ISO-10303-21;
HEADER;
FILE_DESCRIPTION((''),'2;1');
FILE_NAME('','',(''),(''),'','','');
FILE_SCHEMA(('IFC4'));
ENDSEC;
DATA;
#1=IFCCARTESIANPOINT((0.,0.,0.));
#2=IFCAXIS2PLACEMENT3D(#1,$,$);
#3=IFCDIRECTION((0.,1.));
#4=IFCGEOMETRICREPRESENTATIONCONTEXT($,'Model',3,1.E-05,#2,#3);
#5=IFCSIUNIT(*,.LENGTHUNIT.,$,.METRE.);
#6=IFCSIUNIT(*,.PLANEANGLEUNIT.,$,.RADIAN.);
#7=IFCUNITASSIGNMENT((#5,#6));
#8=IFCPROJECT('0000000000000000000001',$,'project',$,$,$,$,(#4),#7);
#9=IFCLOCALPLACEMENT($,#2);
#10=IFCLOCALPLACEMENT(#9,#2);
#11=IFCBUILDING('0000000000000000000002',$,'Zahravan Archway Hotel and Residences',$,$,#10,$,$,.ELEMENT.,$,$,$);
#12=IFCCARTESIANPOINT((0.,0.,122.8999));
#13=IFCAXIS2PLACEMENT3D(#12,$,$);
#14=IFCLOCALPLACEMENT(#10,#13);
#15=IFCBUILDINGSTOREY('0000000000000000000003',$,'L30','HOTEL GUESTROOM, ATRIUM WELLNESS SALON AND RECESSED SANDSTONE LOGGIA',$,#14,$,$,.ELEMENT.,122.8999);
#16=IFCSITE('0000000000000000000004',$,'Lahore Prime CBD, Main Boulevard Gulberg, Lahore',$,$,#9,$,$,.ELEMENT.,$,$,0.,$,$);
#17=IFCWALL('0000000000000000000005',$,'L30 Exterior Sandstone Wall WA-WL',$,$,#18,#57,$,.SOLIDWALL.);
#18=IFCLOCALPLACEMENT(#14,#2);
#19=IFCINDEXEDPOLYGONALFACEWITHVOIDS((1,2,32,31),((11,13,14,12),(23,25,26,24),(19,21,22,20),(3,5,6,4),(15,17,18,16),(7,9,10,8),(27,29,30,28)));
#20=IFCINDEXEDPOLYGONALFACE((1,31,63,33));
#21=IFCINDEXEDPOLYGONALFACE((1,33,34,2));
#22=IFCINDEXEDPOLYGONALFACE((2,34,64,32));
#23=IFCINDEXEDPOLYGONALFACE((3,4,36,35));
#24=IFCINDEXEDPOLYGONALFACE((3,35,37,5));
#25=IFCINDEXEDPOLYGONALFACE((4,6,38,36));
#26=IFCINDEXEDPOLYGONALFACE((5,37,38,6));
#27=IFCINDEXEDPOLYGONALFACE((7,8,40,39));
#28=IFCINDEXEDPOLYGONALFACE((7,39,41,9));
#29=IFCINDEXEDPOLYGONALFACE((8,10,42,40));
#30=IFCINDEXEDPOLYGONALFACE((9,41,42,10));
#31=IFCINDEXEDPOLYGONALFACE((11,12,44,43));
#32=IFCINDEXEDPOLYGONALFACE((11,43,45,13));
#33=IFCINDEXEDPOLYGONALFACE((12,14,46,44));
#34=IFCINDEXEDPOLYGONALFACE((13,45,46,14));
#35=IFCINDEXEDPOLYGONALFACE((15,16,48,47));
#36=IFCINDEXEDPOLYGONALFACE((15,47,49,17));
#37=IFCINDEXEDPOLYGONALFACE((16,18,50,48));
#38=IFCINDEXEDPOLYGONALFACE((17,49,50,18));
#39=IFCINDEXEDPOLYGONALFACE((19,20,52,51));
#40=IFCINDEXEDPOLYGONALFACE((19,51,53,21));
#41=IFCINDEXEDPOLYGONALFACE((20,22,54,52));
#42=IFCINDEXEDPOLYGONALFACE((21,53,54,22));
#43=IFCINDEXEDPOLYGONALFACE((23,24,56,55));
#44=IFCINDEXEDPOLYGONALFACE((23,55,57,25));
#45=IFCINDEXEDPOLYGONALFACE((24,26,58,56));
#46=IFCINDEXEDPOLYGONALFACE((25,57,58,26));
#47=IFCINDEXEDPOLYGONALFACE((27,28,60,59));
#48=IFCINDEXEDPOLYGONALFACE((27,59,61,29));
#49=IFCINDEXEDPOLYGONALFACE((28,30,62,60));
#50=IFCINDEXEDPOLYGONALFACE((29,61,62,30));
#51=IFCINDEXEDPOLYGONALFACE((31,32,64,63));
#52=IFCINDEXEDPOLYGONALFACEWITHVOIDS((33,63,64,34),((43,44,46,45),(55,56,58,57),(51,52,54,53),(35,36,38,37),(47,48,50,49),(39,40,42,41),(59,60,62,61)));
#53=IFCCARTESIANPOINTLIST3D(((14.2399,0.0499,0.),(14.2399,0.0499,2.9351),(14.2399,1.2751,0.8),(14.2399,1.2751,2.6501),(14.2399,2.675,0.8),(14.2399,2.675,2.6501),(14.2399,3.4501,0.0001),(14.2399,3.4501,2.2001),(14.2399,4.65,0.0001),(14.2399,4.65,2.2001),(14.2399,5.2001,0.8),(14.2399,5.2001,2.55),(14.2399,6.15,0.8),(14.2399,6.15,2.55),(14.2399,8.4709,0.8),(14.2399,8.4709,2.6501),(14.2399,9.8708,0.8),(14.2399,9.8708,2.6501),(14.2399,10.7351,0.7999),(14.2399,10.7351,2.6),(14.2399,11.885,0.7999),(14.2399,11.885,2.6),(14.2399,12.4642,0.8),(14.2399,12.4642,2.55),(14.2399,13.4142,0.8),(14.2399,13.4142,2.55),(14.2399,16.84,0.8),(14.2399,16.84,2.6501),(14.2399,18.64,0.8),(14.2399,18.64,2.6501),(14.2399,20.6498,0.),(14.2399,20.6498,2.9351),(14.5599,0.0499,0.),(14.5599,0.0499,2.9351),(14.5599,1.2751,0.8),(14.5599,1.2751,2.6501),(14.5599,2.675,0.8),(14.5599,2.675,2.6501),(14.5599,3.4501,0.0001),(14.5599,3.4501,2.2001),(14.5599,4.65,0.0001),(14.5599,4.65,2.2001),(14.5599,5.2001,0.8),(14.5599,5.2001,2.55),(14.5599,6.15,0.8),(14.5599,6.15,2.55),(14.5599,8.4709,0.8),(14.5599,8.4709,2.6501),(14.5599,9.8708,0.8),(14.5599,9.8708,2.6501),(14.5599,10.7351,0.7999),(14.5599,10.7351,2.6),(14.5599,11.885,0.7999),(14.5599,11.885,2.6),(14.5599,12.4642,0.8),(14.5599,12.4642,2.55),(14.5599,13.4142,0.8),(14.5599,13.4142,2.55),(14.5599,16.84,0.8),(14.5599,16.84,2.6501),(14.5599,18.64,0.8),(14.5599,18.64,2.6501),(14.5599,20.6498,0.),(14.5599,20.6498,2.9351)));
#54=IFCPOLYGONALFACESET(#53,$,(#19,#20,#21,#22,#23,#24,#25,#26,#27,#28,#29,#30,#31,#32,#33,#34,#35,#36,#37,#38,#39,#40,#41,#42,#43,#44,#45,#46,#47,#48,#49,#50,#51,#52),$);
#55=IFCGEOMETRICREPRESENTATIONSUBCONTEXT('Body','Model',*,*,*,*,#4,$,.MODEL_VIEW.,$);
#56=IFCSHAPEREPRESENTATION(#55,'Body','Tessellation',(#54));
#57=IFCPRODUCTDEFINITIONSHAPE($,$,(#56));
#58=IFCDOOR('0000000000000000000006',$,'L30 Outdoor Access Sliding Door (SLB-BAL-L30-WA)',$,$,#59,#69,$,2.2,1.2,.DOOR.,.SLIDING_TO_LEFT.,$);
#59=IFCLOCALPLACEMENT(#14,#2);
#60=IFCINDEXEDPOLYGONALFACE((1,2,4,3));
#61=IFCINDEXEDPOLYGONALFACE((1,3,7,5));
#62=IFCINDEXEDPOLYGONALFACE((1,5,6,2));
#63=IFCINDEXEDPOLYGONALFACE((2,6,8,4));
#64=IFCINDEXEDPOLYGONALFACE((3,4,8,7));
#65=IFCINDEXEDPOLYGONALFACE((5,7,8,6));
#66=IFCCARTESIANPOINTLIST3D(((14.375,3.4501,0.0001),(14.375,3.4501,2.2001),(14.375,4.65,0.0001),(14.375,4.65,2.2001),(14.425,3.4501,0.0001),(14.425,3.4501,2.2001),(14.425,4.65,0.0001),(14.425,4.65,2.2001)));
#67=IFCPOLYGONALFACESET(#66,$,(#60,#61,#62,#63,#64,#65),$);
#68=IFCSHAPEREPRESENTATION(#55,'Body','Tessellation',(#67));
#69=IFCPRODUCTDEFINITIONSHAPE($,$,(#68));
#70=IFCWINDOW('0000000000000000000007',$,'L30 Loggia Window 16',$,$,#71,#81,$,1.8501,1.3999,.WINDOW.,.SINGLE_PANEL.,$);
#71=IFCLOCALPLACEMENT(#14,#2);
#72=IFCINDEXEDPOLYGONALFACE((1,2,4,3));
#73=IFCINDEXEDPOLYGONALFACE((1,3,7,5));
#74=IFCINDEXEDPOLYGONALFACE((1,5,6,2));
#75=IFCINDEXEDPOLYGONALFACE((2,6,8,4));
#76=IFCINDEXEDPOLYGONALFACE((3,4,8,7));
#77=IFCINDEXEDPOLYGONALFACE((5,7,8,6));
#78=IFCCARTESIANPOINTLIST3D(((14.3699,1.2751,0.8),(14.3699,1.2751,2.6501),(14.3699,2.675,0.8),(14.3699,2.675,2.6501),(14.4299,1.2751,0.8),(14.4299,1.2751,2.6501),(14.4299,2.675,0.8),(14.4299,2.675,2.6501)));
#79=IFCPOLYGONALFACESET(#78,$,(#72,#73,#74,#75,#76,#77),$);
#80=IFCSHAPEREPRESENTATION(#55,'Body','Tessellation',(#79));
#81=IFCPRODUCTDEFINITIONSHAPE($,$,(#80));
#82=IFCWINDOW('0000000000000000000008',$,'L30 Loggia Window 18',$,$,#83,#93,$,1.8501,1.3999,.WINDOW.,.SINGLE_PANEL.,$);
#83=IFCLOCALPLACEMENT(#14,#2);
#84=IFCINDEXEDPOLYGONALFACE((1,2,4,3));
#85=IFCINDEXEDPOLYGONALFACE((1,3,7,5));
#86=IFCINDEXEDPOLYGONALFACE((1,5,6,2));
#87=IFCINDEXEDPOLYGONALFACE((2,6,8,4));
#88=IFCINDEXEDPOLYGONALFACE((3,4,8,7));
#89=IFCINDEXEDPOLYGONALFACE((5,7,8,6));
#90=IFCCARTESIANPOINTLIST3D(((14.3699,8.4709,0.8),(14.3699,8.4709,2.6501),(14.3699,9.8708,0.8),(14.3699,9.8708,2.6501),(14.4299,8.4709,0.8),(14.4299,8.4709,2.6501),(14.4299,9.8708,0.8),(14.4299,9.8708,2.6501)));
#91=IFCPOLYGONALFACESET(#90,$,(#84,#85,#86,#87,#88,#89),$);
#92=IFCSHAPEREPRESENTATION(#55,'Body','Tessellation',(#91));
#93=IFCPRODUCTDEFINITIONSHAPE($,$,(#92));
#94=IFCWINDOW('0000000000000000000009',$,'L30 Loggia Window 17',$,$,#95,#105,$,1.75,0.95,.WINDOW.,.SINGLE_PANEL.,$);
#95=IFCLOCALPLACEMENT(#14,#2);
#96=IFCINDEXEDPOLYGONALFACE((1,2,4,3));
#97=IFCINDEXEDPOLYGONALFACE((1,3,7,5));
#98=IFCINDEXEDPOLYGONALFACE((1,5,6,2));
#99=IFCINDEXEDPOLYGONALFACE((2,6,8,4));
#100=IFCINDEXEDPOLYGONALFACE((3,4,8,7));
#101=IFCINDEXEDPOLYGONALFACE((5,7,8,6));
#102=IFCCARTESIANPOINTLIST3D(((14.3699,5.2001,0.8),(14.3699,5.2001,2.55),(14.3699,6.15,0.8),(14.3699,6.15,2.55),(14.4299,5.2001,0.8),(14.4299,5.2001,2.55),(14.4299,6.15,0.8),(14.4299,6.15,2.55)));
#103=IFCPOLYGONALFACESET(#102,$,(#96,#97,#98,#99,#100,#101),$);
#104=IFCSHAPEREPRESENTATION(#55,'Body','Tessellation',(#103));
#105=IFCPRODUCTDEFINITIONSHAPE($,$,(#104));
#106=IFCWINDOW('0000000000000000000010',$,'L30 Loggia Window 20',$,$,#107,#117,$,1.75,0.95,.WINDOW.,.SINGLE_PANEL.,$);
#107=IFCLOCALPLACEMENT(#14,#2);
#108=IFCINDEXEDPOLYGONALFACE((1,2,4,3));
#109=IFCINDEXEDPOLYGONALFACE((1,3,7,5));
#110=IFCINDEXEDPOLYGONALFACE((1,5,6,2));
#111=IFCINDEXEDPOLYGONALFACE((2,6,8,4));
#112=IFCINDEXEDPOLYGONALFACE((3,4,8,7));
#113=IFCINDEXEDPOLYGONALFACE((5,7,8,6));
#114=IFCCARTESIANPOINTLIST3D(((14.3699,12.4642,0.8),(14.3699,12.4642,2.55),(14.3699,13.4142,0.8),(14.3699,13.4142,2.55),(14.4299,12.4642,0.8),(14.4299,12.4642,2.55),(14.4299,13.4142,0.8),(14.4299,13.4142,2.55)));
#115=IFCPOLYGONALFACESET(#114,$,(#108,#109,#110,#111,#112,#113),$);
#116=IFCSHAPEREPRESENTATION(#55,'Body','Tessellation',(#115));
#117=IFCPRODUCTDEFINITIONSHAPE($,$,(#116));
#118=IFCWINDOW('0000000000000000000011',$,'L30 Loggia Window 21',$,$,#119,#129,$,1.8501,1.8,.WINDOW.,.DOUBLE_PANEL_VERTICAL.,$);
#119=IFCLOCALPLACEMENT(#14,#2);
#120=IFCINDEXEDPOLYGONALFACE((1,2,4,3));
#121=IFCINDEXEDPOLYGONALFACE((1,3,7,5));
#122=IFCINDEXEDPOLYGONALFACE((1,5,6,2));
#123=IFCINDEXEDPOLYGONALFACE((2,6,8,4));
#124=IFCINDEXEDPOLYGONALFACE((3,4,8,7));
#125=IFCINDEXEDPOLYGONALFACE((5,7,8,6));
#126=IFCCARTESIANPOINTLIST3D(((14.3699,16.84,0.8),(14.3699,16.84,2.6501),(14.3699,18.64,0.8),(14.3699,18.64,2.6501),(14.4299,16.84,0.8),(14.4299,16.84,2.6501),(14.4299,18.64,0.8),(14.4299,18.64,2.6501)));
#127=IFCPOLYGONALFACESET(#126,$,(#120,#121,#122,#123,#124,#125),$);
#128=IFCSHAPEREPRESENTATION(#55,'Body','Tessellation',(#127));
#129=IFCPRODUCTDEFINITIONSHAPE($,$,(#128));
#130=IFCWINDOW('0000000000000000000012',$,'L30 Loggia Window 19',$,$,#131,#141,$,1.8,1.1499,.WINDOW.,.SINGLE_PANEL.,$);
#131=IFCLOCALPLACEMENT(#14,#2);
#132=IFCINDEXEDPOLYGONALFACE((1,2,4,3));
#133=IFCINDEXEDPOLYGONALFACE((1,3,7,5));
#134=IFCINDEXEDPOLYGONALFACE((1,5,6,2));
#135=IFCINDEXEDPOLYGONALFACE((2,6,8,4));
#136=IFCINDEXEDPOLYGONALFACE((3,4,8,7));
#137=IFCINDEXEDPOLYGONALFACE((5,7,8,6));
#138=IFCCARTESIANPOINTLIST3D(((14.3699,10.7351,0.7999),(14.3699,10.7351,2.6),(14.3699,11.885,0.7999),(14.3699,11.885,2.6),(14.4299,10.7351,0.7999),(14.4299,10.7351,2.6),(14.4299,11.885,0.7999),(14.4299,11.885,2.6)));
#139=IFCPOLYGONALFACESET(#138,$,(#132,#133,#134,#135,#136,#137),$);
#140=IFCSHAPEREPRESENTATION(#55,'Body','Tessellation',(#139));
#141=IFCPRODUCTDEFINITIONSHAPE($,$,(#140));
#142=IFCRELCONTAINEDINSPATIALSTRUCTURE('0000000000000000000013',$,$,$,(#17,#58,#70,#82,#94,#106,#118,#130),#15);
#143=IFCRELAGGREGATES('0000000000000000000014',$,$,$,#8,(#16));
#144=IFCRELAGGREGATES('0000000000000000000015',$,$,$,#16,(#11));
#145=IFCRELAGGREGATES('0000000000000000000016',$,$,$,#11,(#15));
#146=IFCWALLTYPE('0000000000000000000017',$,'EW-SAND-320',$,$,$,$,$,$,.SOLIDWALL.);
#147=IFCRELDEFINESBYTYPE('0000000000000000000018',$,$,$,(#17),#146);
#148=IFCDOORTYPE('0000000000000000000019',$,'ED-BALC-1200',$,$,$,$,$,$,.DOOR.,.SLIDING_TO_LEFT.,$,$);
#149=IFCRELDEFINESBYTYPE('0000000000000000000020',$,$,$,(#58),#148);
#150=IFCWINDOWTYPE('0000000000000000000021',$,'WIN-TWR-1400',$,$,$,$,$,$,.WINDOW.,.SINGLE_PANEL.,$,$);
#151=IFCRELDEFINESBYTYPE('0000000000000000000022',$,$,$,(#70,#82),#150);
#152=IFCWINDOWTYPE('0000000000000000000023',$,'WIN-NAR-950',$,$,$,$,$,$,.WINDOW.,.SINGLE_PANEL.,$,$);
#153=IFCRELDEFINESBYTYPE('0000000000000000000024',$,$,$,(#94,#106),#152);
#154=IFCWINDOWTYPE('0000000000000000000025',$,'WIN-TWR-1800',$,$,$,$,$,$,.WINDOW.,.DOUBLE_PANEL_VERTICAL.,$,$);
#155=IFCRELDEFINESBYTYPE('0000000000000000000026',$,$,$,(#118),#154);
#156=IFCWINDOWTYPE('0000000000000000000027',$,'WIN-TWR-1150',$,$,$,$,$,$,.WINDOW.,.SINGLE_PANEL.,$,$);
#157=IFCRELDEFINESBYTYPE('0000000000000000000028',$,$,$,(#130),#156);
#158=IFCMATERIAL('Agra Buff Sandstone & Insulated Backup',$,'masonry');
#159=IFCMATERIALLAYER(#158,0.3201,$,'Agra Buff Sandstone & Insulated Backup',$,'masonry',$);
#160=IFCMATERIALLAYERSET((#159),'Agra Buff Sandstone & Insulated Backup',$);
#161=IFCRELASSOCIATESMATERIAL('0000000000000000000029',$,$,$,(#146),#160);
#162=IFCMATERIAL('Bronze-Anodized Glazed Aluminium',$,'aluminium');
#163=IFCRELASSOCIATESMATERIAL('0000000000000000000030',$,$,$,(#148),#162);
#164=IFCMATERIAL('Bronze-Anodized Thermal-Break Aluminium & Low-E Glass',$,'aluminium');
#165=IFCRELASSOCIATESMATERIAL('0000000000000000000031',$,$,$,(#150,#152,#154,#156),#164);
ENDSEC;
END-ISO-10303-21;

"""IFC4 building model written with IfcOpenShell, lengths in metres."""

from ifc_helpers import new_model, si_unit, direction, frame, frame_2d, origin, place, context, subcontext, project, spatial, rectangle, extrude, source, transform, mapped, material, layer, layer_set, type_object, type_shapes, element, fill, save


model = new_model("IFC4")

# Units and contexts
model_context = context("Model", 3, precision=1e-05, world=origin(), true_north=direction((0.0, 1.0)))
body_context = subcontext(model_context, "Body", "Model", "MODEL_VIEW")
ifc_project = project(units=[si_unit("LENGTHUNIT", "METRE"), si_unit("PLANEANGLEUNIT", "RADIAN")], contexts=[model_context])

# Site, building, storey
site_placement = place(None, origin())
site = spatial("IfcSite", under=ifc_project, at=site_placement, Name="Lahore Prime CBD, Main Boulevard Gulberg, Lahore", CompositionType="ELEMENT", RefElevation=0.0)
building_placement = place(site_placement, origin())
building = spatial("IfcBuilding", under=site, at=building_placement, Name="Zahravan Archway Hotel and Residences", CompositionType="ELEMENT")
storey_placement = place(building_placement, frame((0.0, 0.0, 122.8999)))
storey = spatial("IfcBuildingStorey", under=building, at=storey_placement, Name="L30", Description="HOTEL GUESTROOM, ATRIUM WELLNESS SALON AND RECESSED SANDSTONE LOGGIA", CompositionType="ELEMENT", Elevation=122.8999)

# Wall, openings, door, windows
ifc_material_1 = material(Name="Agra Buff Sandstone & Insulated Backup", Category="masonry")
ifc_layer = layer(ifc_material_1, 0.3201, Name="Agra Buff Sandstone & Insulated Backup", Category="masonry")
ifc_layer_set = layer_set([ifc_layer], Name="Agra Buff Sandstone & Insulated Backup")
wall_type = type_object("IfcWallType", Name="EW-SAND-320", PredefinedType="SOLIDWALL", material=ifc_layer_set)
ifc_material_2 = material(Name="Bronze-Anodized Glazed Aluminium", Category="aluminium")
door_type = type_object("IfcDoorType", Name="ED-BALC-1200", OperationType="SLIDING_TO_LEFT", PredefinedType="DOOR", material=ifc_material_2)
shared_shape_1 = source(origin(), body_context, "Body", "SweptSolid", [
    extrude(rectangle(XDim=1.2, YDim=2.2, at=frame_2d((0.6001, 1.1001))), frame((0.0, 0.0249, 0.0), z_axis=(0.0, -1.0, 0.0), x_axis=(1.0, 0.0, 0.0)), (0.0, 0.0, 1.0), 0.05),
])
type_shapes(door_type, [shared_shape_1])
ifc_material_3 = material(Name="Bronze-Anodized Thermal-Break Aluminium & Low-E Glass", Category="aluminium")
window_type_1 = type_object("IfcWindowType", Name="WIN-TWR-1400", PartitioningType="SINGLE_PANEL", PredefinedType="WINDOW", material=ifc_material_3)
shared_shape_2 = source(origin(), body_context, "Body", "SweptSolid", [
    extrude(rectangle(XDim=1.3999, YDim=1.8501, at=frame_2d((0.7, 0.925))), frame((0.0, 0.03, 0.0), z_axis=(0.0, -1.0, 0.0), x_axis=(1.0, 0.0, 0.0)), (0.0, 0.0, 1.0), 0.0601),
])
type_shapes(window_type_1, [shared_shape_2])
window_type_2 = type_object("IfcWindowType", Name="WIN-NAR-950", PartitioningType="SINGLE_PANEL", PredefinedType="WINDOW", material=ifc_material_3)
shared_shape_3 = source(origin(), body_context, "Body", "SweptSolid", [
    extrude(rectangle(XDim=0.95, YDim=1.75, at=frame_2d((0.4751, 0.875))), frame((0.0, 0.03, 0.0), z_axis=(0.0, -1.0, 0.0), x_axis=(1.0, 0.0, 0.0)), (0.0, 0.0, 1.0), 0.0601),
])
type_shapes(window_type_2, [shared_shape_3])
window_type_3 = type_object("IfcWindowType", Name="WIN-TWR-1800", PartitioningType="DOUBLE_PANEL_VERTICAL", PredefinedType="WINDOW", material=ifc_material_3)
shared_shape_4 = source(origin(), body_context, "Body", "SweptSolid", [
    extrude(rectangle(XDim=1.8, YDim=1.8501, at=frame_2d((0.8999, 0.925))), frame((0.0, 0.03, 0.0), z_axis=(0.0, -1.0, 0.0), x_axis=(1.0, 0.0, 0.0)), (0.0, 0.0, 1.0), 0.0601),
])
type_shapes(window_type_3, [shared_shape_4])
wall_1_placement = place(storey_placement, frame((14.3999, 0.05, 0.0), z_axis=(0.0, 0.0, 1.0), x_axis=(0.0, 1.0, 0.0)))
wall_1 = element("IfcWall", 1, at=wall_1_placement, inside=storey, type_object=wall_type, Name="L30 Exterior Sandstone Wall WA-WL", PredefinedType="SOLIDWALL", context=body_context, shape_type="SweptSolid", body=[
    extrude(rectangle(XDim=20.5999, YDim=0.3201, at=frame_2d((10.2998, 0.0))), origin(), (0.0, 0.0, 1.0), 2.9351),
])
opening_1_placement = place(wall_1_placement, frame((3.3999, 0.0, 0.0)))
opening_1 = element("IfcOpeningElement", 2, at=opening_1_placement, cuts=wall_1, PredefinedType="OPENING", context=body_context, shape_type="SweptSolid", body=[
    extrude(rectangle(XDim=1.2, YDim=2.2, at=frame_2d((0.6001, 1.1001))), frame((0.0, 0.1699, 0.0), z_axis=(0.0, -1.0, 0.0), x_axis=(1.0, 0.0, 0.0)), (0.0, 0.0, 1.0), 0.3401),
])
opening_2_placement = place(wall_1_placement, frame((1.2251, 0.0, 0.8)))
opening_2 = element("IfcOpeningElement", 3, at=opening_2_placement, cuts=wall_1, PredefinedType="OPENING", context=body_context, shape_type="SweptSolid", body=[
    extrude(rectangle(XDim=1.3999, YDim=1.8501, at=frame_2d((0.7, 0.925))), frame((0.0, 0.1699, 0.0), z_axis=(0.0, -1.0, 0.0), x_axis=(1.0, 0.0, 0.0)), (0.0, 0.0, 1.0), 0.3401),
])
opening_3_placement = place(wall_1_placement, frame((5.1499, 0.0, 0.8)))
opening_3 = element("IfcOpeningElement", 4, at=opening_3_placement, cuts=wall_1, PredefinedType="OPENING", context=body_context, shape_type="SweptSolid", body=[
    extrude(rectangle(XDim=0.95, YDim=1.75, at=frame_2d((0.4751, 0.875))), frame((0.0, 0.1699, 0.0), z_axis=(0.0, -1.0, 0.0), x_axis=(1.0, 0.0, 0.0)), (0.0, 0.0, 1.0), 0.3401),
])
opening_4_placement = place(wall_1_placement, frame((8.4209, 0.0, 0.8)))
opening_4 = element("IfcOpeningElement", 5, at=opening_4_placement, cuts=wall_1, PredefinedType="OPENING", context=body_context, shape_type="SweptSolid", body=[
    extrude(rectangle(XDim=1.3999, YDim=1.8501, at=frame_2d((0.7, 0.925))), frame((0.0, 0.1699, 0.0), z_axis=(0.0, -1.0, 0.0), x_axis=(1.0, 0.0, 0.0)), (0.0, 0.0, 1.0), 0.3401),
])
opening_5_placement = place(wall_1_placement, frame((10.6851, 0.0, 0.8)))
opening_5 = element("IfcOpeningElement", 6, at=opening_5_placement, cuts=wall_1, PredefinedType="OPENING", context=body_context, shape_type="SweptSolid", body=[
    extrude(rectangle(XDim=1.1499, YDim=1.8, at=frame_2d((0.575, 0.8999))), frame((0.0, 0.1699, 0.0), z_axis=(0.0, -1.0, 0.0), x_axis=(1.0, 0.0, 0.0)), (0.0, 0.0, 1.0), 0.3401),
])
opening_6_placement = place(wall_1_placement, frame((12.4141, 0.0, 0.8)))
opening_6 = element("IfcOpeningElement", 7, at=opening_6_placement, cuts=wall_1, PredefinedType="OPENING", context=body_context, shape_type="SweptSolid", body=[
    extrude(rectangle(XDim=0.95, YDim=1.75, at=frame_2d((0.4751, 0.875))), frame((0.0, 0.1699, 0.0), z_axis=(0.0, -1.0, 0.0), x_axis=(1.0, 0.0, 0.0)), (0.0, 0.0, 1.0), 0.3401),
])
opening_7_placement = place(wall_1_placement, frame((16.79, 0.0, 0.8)))
opening_7 = element("IfcOpeningElement", 8, at=opening_7_placement, cuts=wall_1, PredefinedType="OPENING", context=body_context, shape_type="SweptSolid", body=[
    extrude(rectangle(XDim=1.8, YDim=1.8501, at=frame_2d((0.8999, 0.925))), frame((0.0, 0.1699, 0.0), z_axis=(0.0, -1.0, 0.0), x_axis=(1.0, 0.0, 0.0)), (0.0, 0.0, 1.0), 0.3401),
])
door_1_placement = place(opening_1_placement, origin())
door_1 = element("IfcDoor", 9, at=door_1_placement, inside=storey, type_object=door_type, Name="L30 Outdoor Access Sliding Door (SLB-BAL-L30-WA)", OperationType="SLIDING_TO_LEFT", OverallHeight=2.2, OverallWidth=1.2, PredefinedType="DOOR", context=body_context, shape_type="MappedRepresentation", body=[
    mapped(shared_shape_1, transform((0.0, 0.0, 0.0), scale=1.0)),
])
fill(opening_1, door_1)
window_1_placement = place(opening_2_placement, origin())
window_1 = element("IfcWindow", 10, at=window_1_placement, inside=storey, type_object=window_type_1, Name="L30 Loggia Window 16", OverallHeight=1.8501, OverallWidth=1.3999, PartitioningType="SINGLE_PANEL", PredefinedType="WINDOW", context=body_context, shape_type="MappedRepresentation", body=[
    mapped(shared_shape_2, transform((0.0, 0.0, 0.0), scale=1.0)),
])
fill(opening_2, window_1)
window_2_placement = place(opening_4_placement, origin())
window_2 = element("IfcWindow", 11, at=window_2_placement, inside=storey, type_object=window_type_1, Name="L30 Loggia Window 18", OverallHeight=1.8501, OverallWidth=1.3999, PartitioningType="SINGLE_PANEL", PredefinedType="WINDOW", context=body_context, shape_type="MappedRepresentation", body=[
    mapped(shared_shape_2, transform((0.0, 0.0, 0.0), scale=1.0)),
])
fill(opening_4, window_2)
window_3_placement = place(opening_3_placement, origin())
window_3 = element("IfcWindow", 12, at=window_3_placement, inside=storey, type_object=window_type_2, Name="L30 Loggia Window 17", OverallHeight=1.75, OverallWidth=0.95, PartitioningType="SINGLE_PANEL", PredefinedType="WINDOW", context=body_context, shape_type="MappedRepresentation", body=[
    mapped(shared_shape_3, transform((0.0, 0.0, 0.0), scale=1.0)),
])
fill(opening_3, window_3)
window_4_placement = place(opening_6_placement, origin())
window_4 = element("IfcWindow", 13, at=window_4_placement, inside=storey, type_object=window_type_2, Name="L30 Loggia Window 20", OverallHeight=1.75, OverallWidth=0.95, PartitioningType="SINGLE_PANEL", PredefinedType="WINDOW", context=body_context, shape_type="MappedRepresentation", body=[
    mapped(shared_shape_3, transform((0.0, 0.0, 0.0), scale=1.0)),
])
fill(opening_6, window_4)
window_5_placement = place(opening_7_placement, origin())
window_5 = element("IfcWindow", 14, at=window_5_placement, inside=storey, type_object=window_type_3, Name="L30 Loggia Window 21", OverallHeight=1.8501, OverallWidth=1.8, PartitioningType="DOUBLE_PANEL_VERTICAL", PredefinedType="WINDOW", context=body_context, shape_type="MappedRepresentation", body=[
    mapped(shared_shape_4, transform((0.0, 0.0, 0.0), scale=1.0)),
])
fill(opening_7, window_5)
window_type_4 = type_object("IfcWindowType", Name="WIN-TWR-1150", PartitioningType="SINGLE_PANEL", PredefinedType="WINDOW", material=ifc_material_3)
shared_shape_5 = source(origin(), body_context, "Body", "SweptSolid", [
    extrude(rectangle(XDim=1.1499, YDim=1.8, at=frame_2d((0.575, 0.8999))), frame((0.0, 0.03, 0.0), z_axis=(0.0, -1.0, 0.0), x_axis=(1.0, 0.0, 0.0)), (0.0, 0.0, 1.0), 0.0601),
])
type_shapes(window_type_4, [shared_shape_5])
window_6_placement = place(opening_5_placement, origin())
window_6 = element("IfcWindow", 15, at=window_6_placement, inside=storey, type_object=window_type_4, Name="L30 Loggia Window 19", OverallHeight=1.8, OverallWidth=1.1499, PartitioningType="SINGLE_PANEL", PredefinedType="WINDOW", context=body_context, shape_type="MappedRepresentation", body=[
    mapped(shared_shape_5, transform((0.0, 0.0, 0.0), scale=1.0)),
])
fill(opening_5, window_6)

save(model, "model.ifc")
